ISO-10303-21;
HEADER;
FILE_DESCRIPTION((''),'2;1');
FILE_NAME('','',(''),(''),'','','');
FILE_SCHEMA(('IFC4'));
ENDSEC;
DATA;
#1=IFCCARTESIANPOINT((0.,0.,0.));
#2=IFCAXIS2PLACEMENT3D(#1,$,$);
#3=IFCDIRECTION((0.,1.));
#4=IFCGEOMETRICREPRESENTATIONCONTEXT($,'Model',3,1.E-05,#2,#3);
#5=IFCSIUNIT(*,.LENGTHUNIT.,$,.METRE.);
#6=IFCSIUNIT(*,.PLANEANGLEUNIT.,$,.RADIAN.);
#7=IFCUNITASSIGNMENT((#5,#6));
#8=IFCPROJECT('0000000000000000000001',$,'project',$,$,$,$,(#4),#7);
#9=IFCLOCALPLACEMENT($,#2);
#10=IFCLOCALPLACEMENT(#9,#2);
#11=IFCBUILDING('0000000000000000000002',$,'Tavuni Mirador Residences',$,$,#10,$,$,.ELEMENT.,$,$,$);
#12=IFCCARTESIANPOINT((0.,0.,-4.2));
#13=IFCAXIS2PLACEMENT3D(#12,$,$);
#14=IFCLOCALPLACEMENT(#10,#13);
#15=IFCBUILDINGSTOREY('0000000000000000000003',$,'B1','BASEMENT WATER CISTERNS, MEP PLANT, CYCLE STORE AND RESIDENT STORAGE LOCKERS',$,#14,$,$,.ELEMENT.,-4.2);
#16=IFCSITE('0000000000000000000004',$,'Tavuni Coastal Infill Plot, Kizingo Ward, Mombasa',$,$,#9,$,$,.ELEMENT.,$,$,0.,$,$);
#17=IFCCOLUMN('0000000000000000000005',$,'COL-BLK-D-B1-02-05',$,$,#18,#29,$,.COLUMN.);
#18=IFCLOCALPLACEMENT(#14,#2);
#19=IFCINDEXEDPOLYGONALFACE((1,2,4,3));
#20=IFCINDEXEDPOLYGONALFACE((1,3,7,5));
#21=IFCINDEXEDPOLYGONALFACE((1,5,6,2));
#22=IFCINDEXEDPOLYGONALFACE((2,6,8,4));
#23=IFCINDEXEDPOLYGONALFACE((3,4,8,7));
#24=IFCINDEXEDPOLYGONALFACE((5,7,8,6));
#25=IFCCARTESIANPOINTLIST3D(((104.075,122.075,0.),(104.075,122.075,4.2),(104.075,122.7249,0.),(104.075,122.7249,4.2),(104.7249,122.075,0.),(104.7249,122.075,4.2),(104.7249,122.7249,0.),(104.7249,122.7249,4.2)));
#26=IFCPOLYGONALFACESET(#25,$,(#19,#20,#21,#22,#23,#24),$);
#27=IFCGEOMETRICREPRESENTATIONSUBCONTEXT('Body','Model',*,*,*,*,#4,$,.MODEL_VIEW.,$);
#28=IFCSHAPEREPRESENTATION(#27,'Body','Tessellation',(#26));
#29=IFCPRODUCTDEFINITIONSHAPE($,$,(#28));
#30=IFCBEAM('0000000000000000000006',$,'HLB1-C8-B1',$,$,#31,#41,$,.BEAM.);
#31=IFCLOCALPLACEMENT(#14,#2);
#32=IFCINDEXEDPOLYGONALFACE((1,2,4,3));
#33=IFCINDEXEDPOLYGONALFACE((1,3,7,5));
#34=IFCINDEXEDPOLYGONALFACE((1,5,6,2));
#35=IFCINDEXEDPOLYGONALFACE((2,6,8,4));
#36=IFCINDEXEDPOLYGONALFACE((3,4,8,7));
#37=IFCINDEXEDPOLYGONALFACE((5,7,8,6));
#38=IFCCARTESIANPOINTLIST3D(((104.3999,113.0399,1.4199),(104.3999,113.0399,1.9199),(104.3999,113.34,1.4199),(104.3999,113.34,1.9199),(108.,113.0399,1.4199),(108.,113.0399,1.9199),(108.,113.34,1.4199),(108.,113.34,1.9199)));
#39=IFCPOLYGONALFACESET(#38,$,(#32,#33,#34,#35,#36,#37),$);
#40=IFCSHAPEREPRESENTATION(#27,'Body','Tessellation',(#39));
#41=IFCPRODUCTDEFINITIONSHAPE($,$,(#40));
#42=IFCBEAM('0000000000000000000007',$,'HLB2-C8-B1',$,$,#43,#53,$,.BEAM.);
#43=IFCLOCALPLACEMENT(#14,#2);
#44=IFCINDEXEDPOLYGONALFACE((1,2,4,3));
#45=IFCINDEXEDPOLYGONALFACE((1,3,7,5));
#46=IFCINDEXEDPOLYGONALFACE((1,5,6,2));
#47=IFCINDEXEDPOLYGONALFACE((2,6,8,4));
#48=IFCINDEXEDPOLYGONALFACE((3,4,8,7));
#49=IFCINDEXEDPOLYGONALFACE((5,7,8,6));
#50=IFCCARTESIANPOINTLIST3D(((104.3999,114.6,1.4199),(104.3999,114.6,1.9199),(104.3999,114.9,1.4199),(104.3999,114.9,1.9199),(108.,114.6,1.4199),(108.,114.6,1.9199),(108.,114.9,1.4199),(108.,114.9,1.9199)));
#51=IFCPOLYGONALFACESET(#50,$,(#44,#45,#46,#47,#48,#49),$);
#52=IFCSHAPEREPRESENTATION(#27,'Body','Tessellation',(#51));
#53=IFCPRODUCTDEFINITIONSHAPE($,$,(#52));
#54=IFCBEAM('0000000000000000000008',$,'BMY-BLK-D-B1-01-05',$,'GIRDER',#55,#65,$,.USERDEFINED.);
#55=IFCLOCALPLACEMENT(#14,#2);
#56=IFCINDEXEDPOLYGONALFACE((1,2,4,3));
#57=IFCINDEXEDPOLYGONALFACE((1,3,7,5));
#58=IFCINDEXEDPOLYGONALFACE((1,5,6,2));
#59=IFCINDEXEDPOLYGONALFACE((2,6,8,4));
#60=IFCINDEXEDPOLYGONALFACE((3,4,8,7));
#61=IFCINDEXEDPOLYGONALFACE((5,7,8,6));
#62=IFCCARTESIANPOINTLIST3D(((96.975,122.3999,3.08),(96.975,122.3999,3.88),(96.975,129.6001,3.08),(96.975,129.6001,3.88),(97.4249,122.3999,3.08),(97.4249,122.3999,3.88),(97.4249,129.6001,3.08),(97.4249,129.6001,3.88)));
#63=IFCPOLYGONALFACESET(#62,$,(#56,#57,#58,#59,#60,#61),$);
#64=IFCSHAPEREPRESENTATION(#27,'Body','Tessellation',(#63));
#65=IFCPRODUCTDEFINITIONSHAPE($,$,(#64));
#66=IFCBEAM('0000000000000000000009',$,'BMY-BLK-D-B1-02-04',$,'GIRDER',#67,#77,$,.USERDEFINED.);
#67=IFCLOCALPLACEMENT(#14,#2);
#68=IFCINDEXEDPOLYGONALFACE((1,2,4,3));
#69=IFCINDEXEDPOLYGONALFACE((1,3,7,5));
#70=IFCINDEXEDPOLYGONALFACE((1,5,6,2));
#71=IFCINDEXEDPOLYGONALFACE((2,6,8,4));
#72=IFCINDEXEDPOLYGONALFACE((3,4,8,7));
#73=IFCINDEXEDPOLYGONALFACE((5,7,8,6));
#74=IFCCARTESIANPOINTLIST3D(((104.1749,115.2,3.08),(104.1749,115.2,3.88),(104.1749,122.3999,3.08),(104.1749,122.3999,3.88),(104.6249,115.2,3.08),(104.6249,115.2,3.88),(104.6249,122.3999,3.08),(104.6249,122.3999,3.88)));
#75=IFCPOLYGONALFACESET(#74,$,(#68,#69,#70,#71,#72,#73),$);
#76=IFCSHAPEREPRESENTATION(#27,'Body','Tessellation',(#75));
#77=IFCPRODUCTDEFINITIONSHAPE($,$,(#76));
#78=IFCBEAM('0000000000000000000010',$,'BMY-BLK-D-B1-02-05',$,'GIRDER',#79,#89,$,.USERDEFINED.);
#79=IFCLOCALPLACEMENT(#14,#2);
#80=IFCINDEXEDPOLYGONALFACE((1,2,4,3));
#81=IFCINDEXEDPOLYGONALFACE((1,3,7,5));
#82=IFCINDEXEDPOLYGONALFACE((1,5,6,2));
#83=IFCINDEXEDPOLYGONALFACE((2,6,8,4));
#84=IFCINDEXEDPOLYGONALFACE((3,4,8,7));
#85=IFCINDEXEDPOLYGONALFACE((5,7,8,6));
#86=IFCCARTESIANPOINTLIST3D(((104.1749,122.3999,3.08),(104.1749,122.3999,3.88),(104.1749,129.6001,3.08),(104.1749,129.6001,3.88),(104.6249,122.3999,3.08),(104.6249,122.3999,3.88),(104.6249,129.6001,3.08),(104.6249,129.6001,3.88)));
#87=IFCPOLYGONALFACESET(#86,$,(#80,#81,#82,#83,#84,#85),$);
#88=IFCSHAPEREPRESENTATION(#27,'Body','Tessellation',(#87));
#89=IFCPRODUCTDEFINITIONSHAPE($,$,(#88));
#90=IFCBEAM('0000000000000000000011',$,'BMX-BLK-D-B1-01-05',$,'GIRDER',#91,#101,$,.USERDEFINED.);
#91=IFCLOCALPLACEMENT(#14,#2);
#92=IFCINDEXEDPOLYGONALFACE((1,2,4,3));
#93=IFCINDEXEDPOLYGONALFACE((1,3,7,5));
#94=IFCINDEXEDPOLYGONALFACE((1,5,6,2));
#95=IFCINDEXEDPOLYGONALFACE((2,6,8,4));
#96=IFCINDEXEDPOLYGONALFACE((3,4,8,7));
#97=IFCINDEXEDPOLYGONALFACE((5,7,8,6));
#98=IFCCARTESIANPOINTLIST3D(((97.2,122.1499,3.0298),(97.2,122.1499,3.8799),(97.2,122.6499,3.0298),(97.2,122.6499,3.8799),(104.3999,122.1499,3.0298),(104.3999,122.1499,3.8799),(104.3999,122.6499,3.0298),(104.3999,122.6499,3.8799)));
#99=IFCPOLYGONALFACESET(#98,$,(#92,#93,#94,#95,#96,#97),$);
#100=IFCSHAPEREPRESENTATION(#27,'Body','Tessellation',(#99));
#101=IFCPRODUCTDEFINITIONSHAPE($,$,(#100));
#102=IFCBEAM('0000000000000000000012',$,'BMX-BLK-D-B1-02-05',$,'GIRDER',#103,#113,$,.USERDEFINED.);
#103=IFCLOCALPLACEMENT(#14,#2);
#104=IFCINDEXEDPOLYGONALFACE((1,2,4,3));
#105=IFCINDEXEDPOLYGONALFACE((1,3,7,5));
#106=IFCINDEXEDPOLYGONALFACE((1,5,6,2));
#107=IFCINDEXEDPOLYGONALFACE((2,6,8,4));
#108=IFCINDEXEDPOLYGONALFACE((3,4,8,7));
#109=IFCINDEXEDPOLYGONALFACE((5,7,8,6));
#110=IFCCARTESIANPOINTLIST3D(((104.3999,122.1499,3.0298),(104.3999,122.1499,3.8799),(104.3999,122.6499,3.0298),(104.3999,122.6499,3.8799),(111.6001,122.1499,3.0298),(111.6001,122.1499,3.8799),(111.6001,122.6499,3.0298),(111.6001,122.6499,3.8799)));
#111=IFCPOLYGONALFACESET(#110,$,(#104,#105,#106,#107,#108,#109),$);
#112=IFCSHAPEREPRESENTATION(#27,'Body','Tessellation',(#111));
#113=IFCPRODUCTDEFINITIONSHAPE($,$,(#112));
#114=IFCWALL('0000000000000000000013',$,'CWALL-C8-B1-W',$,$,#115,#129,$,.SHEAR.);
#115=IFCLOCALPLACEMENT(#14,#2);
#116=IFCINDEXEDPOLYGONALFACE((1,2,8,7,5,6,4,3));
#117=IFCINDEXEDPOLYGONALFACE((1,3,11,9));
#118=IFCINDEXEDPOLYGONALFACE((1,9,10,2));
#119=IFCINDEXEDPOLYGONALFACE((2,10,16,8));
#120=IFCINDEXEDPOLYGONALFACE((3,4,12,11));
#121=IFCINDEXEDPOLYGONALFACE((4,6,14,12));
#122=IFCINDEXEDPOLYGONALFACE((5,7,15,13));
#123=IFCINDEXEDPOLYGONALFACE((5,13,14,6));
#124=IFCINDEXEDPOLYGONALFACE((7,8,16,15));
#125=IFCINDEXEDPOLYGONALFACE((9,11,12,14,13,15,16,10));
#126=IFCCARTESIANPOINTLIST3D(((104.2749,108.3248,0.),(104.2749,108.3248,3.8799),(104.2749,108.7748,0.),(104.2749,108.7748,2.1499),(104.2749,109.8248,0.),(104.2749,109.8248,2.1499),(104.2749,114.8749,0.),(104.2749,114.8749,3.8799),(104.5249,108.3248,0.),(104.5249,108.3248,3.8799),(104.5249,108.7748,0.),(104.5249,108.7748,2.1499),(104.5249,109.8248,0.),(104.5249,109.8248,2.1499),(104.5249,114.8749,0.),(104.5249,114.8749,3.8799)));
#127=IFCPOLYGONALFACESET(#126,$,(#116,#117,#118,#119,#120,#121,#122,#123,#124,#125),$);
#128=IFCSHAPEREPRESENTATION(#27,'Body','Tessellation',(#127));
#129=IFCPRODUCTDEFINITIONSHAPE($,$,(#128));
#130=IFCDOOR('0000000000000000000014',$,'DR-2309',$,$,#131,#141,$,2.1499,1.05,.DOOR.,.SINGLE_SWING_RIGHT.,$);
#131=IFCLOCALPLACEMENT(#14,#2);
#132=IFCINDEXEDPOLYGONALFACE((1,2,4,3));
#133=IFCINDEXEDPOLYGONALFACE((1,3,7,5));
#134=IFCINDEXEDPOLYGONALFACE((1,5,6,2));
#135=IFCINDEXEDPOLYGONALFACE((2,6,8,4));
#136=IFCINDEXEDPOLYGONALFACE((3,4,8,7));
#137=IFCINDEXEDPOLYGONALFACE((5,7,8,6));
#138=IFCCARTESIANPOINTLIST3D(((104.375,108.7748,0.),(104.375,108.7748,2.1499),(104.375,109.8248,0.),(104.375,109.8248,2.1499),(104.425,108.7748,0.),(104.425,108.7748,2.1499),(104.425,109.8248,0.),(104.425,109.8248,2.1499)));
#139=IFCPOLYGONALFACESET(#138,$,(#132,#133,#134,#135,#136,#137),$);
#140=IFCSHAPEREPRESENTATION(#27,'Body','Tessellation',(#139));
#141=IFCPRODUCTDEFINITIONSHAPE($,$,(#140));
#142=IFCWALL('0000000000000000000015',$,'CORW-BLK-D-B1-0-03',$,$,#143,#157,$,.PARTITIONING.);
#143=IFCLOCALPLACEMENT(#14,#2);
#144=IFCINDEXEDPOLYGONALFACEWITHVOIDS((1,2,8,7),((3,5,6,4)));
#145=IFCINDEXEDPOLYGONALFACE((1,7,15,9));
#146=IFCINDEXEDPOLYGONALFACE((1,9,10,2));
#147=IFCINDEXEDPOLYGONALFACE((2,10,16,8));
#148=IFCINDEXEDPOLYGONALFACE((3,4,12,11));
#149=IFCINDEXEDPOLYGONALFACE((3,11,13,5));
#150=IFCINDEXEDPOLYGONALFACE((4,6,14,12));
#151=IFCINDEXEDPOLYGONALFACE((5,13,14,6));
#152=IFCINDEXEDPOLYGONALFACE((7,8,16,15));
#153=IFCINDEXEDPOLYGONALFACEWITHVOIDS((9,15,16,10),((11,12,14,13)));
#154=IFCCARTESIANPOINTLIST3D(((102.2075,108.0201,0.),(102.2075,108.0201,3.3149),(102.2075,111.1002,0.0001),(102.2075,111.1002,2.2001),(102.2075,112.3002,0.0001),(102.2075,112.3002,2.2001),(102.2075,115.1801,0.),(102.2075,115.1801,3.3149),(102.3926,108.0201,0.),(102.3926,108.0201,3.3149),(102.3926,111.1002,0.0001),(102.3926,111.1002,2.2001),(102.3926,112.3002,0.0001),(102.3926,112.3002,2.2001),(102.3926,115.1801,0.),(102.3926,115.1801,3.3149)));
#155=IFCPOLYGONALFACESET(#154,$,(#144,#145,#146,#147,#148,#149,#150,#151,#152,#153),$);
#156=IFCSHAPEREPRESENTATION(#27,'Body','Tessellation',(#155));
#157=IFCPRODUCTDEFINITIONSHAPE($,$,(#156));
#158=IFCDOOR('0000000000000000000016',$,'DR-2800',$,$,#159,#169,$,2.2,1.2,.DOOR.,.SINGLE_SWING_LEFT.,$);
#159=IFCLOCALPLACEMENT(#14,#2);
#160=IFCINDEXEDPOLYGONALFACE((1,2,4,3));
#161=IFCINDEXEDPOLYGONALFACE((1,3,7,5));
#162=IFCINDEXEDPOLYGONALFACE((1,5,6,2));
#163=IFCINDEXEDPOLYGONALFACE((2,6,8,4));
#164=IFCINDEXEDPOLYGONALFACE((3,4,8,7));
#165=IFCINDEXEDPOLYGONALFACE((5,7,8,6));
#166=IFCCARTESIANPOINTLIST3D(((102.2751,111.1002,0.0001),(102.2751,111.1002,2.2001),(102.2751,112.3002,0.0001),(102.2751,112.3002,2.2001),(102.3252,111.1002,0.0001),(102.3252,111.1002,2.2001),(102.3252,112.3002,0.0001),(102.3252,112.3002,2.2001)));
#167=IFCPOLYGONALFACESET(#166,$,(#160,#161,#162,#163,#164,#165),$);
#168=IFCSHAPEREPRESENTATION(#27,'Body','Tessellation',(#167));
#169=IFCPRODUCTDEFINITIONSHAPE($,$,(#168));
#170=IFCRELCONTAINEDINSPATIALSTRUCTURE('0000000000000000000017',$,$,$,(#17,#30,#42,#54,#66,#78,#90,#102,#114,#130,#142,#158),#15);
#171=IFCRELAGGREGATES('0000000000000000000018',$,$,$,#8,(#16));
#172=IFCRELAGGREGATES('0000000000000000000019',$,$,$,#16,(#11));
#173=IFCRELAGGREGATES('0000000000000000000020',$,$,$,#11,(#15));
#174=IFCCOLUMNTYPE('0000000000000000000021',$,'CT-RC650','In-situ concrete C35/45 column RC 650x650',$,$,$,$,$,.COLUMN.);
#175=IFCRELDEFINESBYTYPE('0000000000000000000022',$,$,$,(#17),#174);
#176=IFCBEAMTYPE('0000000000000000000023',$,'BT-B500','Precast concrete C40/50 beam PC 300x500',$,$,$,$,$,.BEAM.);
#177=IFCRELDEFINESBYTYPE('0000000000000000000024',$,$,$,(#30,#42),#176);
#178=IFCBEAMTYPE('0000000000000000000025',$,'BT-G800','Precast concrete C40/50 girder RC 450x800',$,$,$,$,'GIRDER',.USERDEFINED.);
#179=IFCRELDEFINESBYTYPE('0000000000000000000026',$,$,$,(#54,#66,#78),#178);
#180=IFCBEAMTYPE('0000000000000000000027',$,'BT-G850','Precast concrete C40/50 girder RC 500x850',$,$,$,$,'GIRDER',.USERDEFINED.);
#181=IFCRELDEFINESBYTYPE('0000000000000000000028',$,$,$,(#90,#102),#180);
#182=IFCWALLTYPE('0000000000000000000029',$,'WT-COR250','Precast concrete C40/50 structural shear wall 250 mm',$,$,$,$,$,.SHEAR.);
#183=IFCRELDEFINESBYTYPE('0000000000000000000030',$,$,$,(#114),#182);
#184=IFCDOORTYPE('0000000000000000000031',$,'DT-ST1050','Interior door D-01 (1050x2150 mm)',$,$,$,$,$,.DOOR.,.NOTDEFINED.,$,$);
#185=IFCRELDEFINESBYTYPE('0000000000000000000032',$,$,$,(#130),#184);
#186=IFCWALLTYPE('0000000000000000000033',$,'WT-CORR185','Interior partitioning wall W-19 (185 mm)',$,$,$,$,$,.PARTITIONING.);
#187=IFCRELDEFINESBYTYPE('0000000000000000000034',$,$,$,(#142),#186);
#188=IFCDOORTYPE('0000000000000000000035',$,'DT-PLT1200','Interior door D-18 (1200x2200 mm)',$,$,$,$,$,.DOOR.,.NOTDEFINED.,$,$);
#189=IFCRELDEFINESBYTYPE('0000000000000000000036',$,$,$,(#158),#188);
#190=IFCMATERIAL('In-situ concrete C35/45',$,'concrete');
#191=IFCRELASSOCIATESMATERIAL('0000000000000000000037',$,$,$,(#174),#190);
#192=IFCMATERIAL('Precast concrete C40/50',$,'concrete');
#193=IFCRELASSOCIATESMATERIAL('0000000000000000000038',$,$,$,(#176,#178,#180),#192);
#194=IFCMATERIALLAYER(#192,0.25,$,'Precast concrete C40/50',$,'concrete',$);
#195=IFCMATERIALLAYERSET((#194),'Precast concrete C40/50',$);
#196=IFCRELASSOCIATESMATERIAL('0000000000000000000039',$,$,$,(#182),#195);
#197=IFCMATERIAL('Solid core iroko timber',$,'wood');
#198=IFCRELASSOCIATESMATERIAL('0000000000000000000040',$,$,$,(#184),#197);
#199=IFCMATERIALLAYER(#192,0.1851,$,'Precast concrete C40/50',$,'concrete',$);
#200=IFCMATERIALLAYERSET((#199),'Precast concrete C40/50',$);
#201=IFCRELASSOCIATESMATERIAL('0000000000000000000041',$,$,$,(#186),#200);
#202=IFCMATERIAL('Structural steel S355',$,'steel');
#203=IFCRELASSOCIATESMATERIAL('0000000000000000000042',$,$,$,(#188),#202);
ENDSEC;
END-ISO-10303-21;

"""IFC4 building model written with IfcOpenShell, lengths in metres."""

from ifc_helpers import new_model, si_unit, direction, frame, frame_2d, origin, origin_2d, place, context, subcontext, project, spatial, rectangle, extrude, material, layer, layer_set, material_profile, profile_set, type_object, element, fill, save


model = new_model("IFC4")

# Units and contexts
model_context = context("Model", 3, precision=1e-05, world=origin(), true_north=direction((0.0, 1.0)))
body_context = subcontext(model_context, "Body", "Model", "MODEL_VIEW")
ifc_project = project(units=[si_unit("LENGTHUNIT", "METRE"), si_unit("PLANEANGLEUNIT", "RADIAN")], contexts=[model_context])

# Site, building, storey
site_placement = place(None, origin())
site = spatial("IfcSite", under=ifc_project, at=site_placement, Name="Tavuni Coastal Infill Plot, Kizingo Ward, Mombasa", CompositionType="ELEMENT", RefElevation=0.0)
building_placement = place(site_placement, origin())
building = spatial("IfcBuilding", under=site, at=building_placement, Name="Tavuni Mirador Residences", CompositionType="ELEMENT")
storey_placement = place(building_placement, frame((0.0, 0.0, -4.2)))
storey = spatial("IfcBuildingStorey", under=building, at=storey_placement, Name="B1", Description="BASEMENT WATER CISTERNS, MEP PLANT, CYCLE STORE AND RESIDENT STORAGE LOCKERS", CompositionType="ELEMENT", Elevation=-4.2)

# Shared definitions
ifc_material_1 = material(Name="In-situ concrete C35/45", Category="concrete")

# Column
ifc_material_profile_1 = material_profile(ifc_material_1, rectangle(XDim=0.6499, YDim=0.6499, at=origin_2d()), Name="RC 650x650", Category="concrete")
ifc_profile_set_1 = profile_set([ifc_material_profile_1], Name="In-situ concrete C35/45")
column_type = type_object("IfcColumnType", Name="CT-RC650", Description="In-situ concrete C35/45 column RC 650x650", PredefinedType="COLUMN", material=ifc_profile_set_1)
for number, where, z_axis, x_axis, name in (
    (1, (104.3999, 122.3999, 0.0), (0.0, 0.0, 1.0), (1.0, 0.0, 0.0), "COL-BLK-D-B1-02-05"),
):
    element("IfcColumn", number, at=place(storey_placement, frame(where, z_axis=z_axis, x_axis=x_axis)), inside=storey, type_object=column_type, Name=name, PredefinedType="COLUMN", context=body_context, shape_type="SweptSolid", body=[
        extrude(rectangle(XDim=0.6499, YDim=0.6499, at=origin_2d()), origin(), (0.0, 0.0, 1.0), 4.2),
    ])

# Beams
ifc_material_2 = material(Name="Precast concrete C40/50", Category="concrete")
ifc_material_profile_2 = material_profile(ifc_material_2, rectangle(XDim=0.3, YDim=0.5, at=origin_2d()), Name="PC 300x500", Category="concrete")
ifc_profile_set_2 = profile_set([ifc_material_profile_2], Name="Precast concrete C40/50")
beam_type_1 = type_object("IfcBeamType", Name="BT-B500", Description="Precast concrete C40/50 beam PC 300x500", PredefinedType="BEAM", material=ifc_profile_set_2)
for number, where, z_axis, x_axis, name in (
    (2, (104.3999, 113.1899, 1.6699), (1.0, 0.0, 0.0), (0.0, 1.0, 0.0), "HLB1-C8-B1"),
    (3, (104.3999, 114.75, 1.6699), (1.0, 0.0, 0.0), (0.0, 1.0, 0.0), "HLB2-C8-B1"),
):
    element("IfcBeam", number, at=place(storey_placement, frame(where, z_axis=z_axis, x_axis=x_axis)), inside=storey, type_object=beam_type_1, Name=name, PredefinedType="BEAM", context=body_context, shape_type="SweptSolid", body=[
        extrude(rectangle(XDim=0.3, YDim=0.5, at=origin_2d()), origin(), (0.0, 0.0, 1.0), 3.6001),
    ])
ifc_material_profile_3 = material_profile(ifc_material_2, rectangle(XDim=0.45, YDim=0.8, at=origin_2d()), Name="RC 450x800", Category="concrete")
ifc_profile_set_3 = profile_set([ifc_material_profile_3], Name="Precast concrete C40/50")
beam_type_2 = type_object("IfcBeamType", Name="BT-G800", Description="Precast concrete C40/50 girder RC 450x800", ElementType="GIRDER", PredefinedType="USERDEFINED", material=ifc_profile_set_3)
beam_1_placement = place(storey_placement, frame((97.2, 122.3999, 3.48), z_axis=(0.0, 1.0, 0.0), x_axis=(-1.0, 0.0, 0.0)))
element("IfcBeam", 4, at=beam_1_placement, inside=storey, type_object=beam_type_2, Name="BMY-BLK-D-B1-01-05", ObjectType="GIRDER", PredefinedType="USERDEFINED", context=body_context, shape_type="SweptSolid", body=[
    extrude(rectangle(XDim=0.45, YDim=0.8, at=origin_2d()), origin(), (0.0, 0.0, 1.0), 7.2002),
])
beam_2_placement = place(storey_placement, frame((104.3999, 115.2, 3.48), z_axis=(0.0, 1.0, 0.0), x_axis=(-1.0, 0.0, 0.0)))
element("IfcBeam", 5, at=beam_2_placement, inside=storey, type_object=beam_type_2, Name="BMY-BLK-D-B1-02-04", ObjectType="GIRDER", PredefinedType="USERDEFINED", context=body_context, shape_type="SweptSolid", body=[
    extrude(rectangle(XDim=0.45, YDim=0.8, at=origin_2d()), origin(), (0.0, 0.0, 1.0), 7.2),
])
beam_3_placement = place(storey_placement, frame((104.3999, 122.3999, 3.48), z_axis=(0.0, 1.0, 0.0), x_axis=(-1.0, 0.0, 0.0)))
element("IfcBeam", 6, at=beam_3_placement, inside=storey, type_object=beam_type_2, Name="BMY-BLK-D-B1-02-05", ObjectType="GIRDER", PredefinedType="USERDEFINED", context=body_context, shape_type="SweptSolid", body=[
    extrude(rectangle(XDim=0.45, YDim=0.8, at=origin_2d()), origin(), (0.0, 0.0, 1.0), 7.2002),
])
ifc_material_profile_4 = material_profile(ifc_material_2, rectangle(XDim=0.5, YDim=0.8501, at=origin_2d()), Name="RC 500x850", Category="concrete")
ifc_profile_set_4 = profile_set([ifc_material_profile_4], Name="Precast concrete C40/50")
beam_type_3 = type_object("IfcBeamType", Name="BT-G850", Description="Precast concrete C40/50 girder RC 500x850", ElementType="GIRDER", PredefinedType="USERDEFINED", material=ifc_profile_set_4)
beam_4_placement = place(storey_placement, frame((97.2, 122.3999, 3.4548), z_axis=(1.0, 0.0, 0.0), x_axis=(0.0, 1.0, 0.0)))
element("IfcBeam", 7, at=beam_4_placement, inside=storey, type_object=beam_type_3, Name="BMX-BLK-D-B1-01-05", ObjectType="GIRDER", PredefinedType="USERDEFINED", context=body_context, shape_type="SweptSolid", body=[
    extrude(rectangle(XDim=0.5, YDim=0.8501, at=origin_2d()), origin(), (0.0, 0.0, 1.0), 7.2),
])
beam_5_placement = place(storey_placement, frame((104.3999, 122.3999, 3.4548), z_axis=(1.0, 0.0, 0.0), x_axis=(0.0, 1.0, 0.0)))
element("IfcBeam", 8, at=beam_5_placement, inside=storey, type_object=beam_type_3, Name="BMX-BLK-D-B1-02-05", ObjectType="GIRDER", PredefinedType="USERDEFINED", context=body_context, shape_type="SweptSolid", body=[
    extrude(rectangle(XDim=0.5, YDim=0.8501, at=origin_2d()), origin(), (0.0, 0.0, 1.0), 7.2002),
])

# Walls, openings, doors
ifc_layer_1 = layer(ifc_material_2, 0.25, Name="Precast concrete C40/50", Category="concrete")
ifc_layer_set_1 = layer_set([ifc_layer_1], Name="Precast concrete C40/50")
wall_type_1 = type_object("IfcWallType", Name="WT-COR250", Description="Precast concrete C40/50 structural shear wall 250 mm", PredefinedType="SHEAR", material=ifc_layer_set_1)
wall_1_placement = place(storey_placement, frame((104.3999, 108.325, 0.0), z_axis=(0.0, 0.0, 1.0), x_axis=(0.0, 1.0, 0.0)))
wall_1 = element("IfcWall", 9, at=wall_1_placement, inside=storey, type_object=wall_type_1, Name="CWALL-C8-B1-W", PredefinedType="SHEAR", context=body_context, shape_type="SweptSolid", body=[
    extrude(rectangle(XDim=6.55, YDim=0.25, at=frame_2d((3.2749, 0.0))), origin(), (0.0, 0.0, 1.0), 3.8799),
])
opening_1_placement = place(wall_1_placement, frame((0.45, 0.0, 0.0)))
opening_1 = element("IfcOpeningElement", 10, at=opening_1_placement, cuts=wall_1, PredefinedType="OPENING", context=body_context, shape_type="SweptSolid", body=[
    extrude(rectangle(XDim=1.05, YDim=2.1499, at=frame_2d((0.5249, 1.075))), frame((0.0, 0.135, 0.0), z_axis=(0.0, -1.0, 0.0), x_axis=(1.0, 0.0, 0.0)), (0.0, 0.0, 1.0), 0.27),
])
ifc_material_3 = material(Name="Solid core iroko timber", Category="wood")
door_type_1 = type_object("IfcDoorType", Name="DT-ST1050", Description="Interior door D-01 (1050x2150 mm)", OperationType="NOTDEFINED", PredefinedType="DOOR", material=ifc_material_3)
door_1_placement = place(opening_1_placement, origin())
door_1 = element("IfcDoor", 11, at=door_1_placement, inside=storey, type_object=door_type_1, Name="DR-2309", OperationType="SINGLE_SWING_RIGHT", OverallHeight=2.1499, OverallWidth=1.05, PredefinedType="DOOR", context=body_context, shape_type="SweptSolid", body=[
    extrude(rectangle(XDim=1.05, YDim=2.1499, at=frame_2d((0.5249, 1.075))), frame((0.0, 0.0249, 0.0), z_axis=(0.0, -1.0, 0.0), x_axis=(1.0, 0.0, 0.0)), (0.0, 0.0, 1.0), 0.05),
])
fill(opening_1, door_1)
ifc_layer_2 = layer(ifc_material_2, 0.1851, Name="Precast concrete C40/50", Category="concrete")
ifc_layer_set_2 = layer_set([ifc_layer_2], Name="Precast concrete C40/50")
wall_type_2 = type_object("IfcWallType", Name="WT-CORR185", Description="Interior partitioning wall W-19 (185 mm)", PredefinedType="PARTITIONING", material=ifc_layer_set_2)
wall_2_placement = place(storey_placement, frame((102.3, 108.02, 0.0), z_axis=(0.0, 0.0, 1.0), x_axis=(0.0, 1.0, 0.0)))
wall_2 = element("IfcWall", 12, at=wall_2_placement, inside=storey, type_object=wall_type_2, Name="CORW-BLK-D-B1-0-03", PredefinedType="PARTITIONING", context=body_context, shape_type="SweptSolid", body=[
    extrude(rectangle(XDim=7.1599, YDim=0.1851, at=frame_2d((3.5801, 0.0))), origin(), (0.0, 0.0, 1.0), 3.3149),
])
opening_2_placement = place(wall_2_placement, frame((3.0801, 0.0, 0.0)))
opening_2 = element("IfcOpeningElement", 13, at=opening_2_placement, cuts=wall_2, PredefinedType="OPENING", context=body_context, shape_type="SweptSolid", body=[
    extrude(rectangle(XDim=1.2, YDim=2.2, at=frame_2d((0.6001, 1.1001))), frame((0.0, 0.1025, 0.0), z_axis=(0.0, -1.0, 0.0), x_axis=(1.0, 0.0, 0.0)), (0.0, 0.0, 1.0), 0.2051),
])
ifc_material_4 = material(Name="Structural steel S355", Category="steel")
door_type_2 = type_object("IfcDoorType", Name="DT-PLT1200", Description="Interior door D-18 (1200x2200 mm)", OperationType="NOTDEFINED", PredefinedType="DOOR", material=ifc_material_4)
door_2_placement = place(opening_2_placement, origin())
door_2 = element("IfcDoor", 14, at=door_2_placement, inside=storey, type_object=door_type_2, Name="DR-2800", OperationType="SINGLE_SWING_LEFT", OverallHeight=2.2, OverallWidth=1.2, PredefinedType="DOOR", context=body_context, shape_type="SweptSolid", body=[
    extrude(rectangle(XDim=1.2, YDim=2.2, at=frame_2d((0.6001, 1.1001))), frame((0.0, 0.0249, 0.0), z_axis=(0.0, -1.0, 0.0), x_axis=(1.0, 0.0, 0.0)), (0.0, 0.0, 1.0), 0.05),
])
fill(opening_2, door_2)

save(model, "model.ifc")
